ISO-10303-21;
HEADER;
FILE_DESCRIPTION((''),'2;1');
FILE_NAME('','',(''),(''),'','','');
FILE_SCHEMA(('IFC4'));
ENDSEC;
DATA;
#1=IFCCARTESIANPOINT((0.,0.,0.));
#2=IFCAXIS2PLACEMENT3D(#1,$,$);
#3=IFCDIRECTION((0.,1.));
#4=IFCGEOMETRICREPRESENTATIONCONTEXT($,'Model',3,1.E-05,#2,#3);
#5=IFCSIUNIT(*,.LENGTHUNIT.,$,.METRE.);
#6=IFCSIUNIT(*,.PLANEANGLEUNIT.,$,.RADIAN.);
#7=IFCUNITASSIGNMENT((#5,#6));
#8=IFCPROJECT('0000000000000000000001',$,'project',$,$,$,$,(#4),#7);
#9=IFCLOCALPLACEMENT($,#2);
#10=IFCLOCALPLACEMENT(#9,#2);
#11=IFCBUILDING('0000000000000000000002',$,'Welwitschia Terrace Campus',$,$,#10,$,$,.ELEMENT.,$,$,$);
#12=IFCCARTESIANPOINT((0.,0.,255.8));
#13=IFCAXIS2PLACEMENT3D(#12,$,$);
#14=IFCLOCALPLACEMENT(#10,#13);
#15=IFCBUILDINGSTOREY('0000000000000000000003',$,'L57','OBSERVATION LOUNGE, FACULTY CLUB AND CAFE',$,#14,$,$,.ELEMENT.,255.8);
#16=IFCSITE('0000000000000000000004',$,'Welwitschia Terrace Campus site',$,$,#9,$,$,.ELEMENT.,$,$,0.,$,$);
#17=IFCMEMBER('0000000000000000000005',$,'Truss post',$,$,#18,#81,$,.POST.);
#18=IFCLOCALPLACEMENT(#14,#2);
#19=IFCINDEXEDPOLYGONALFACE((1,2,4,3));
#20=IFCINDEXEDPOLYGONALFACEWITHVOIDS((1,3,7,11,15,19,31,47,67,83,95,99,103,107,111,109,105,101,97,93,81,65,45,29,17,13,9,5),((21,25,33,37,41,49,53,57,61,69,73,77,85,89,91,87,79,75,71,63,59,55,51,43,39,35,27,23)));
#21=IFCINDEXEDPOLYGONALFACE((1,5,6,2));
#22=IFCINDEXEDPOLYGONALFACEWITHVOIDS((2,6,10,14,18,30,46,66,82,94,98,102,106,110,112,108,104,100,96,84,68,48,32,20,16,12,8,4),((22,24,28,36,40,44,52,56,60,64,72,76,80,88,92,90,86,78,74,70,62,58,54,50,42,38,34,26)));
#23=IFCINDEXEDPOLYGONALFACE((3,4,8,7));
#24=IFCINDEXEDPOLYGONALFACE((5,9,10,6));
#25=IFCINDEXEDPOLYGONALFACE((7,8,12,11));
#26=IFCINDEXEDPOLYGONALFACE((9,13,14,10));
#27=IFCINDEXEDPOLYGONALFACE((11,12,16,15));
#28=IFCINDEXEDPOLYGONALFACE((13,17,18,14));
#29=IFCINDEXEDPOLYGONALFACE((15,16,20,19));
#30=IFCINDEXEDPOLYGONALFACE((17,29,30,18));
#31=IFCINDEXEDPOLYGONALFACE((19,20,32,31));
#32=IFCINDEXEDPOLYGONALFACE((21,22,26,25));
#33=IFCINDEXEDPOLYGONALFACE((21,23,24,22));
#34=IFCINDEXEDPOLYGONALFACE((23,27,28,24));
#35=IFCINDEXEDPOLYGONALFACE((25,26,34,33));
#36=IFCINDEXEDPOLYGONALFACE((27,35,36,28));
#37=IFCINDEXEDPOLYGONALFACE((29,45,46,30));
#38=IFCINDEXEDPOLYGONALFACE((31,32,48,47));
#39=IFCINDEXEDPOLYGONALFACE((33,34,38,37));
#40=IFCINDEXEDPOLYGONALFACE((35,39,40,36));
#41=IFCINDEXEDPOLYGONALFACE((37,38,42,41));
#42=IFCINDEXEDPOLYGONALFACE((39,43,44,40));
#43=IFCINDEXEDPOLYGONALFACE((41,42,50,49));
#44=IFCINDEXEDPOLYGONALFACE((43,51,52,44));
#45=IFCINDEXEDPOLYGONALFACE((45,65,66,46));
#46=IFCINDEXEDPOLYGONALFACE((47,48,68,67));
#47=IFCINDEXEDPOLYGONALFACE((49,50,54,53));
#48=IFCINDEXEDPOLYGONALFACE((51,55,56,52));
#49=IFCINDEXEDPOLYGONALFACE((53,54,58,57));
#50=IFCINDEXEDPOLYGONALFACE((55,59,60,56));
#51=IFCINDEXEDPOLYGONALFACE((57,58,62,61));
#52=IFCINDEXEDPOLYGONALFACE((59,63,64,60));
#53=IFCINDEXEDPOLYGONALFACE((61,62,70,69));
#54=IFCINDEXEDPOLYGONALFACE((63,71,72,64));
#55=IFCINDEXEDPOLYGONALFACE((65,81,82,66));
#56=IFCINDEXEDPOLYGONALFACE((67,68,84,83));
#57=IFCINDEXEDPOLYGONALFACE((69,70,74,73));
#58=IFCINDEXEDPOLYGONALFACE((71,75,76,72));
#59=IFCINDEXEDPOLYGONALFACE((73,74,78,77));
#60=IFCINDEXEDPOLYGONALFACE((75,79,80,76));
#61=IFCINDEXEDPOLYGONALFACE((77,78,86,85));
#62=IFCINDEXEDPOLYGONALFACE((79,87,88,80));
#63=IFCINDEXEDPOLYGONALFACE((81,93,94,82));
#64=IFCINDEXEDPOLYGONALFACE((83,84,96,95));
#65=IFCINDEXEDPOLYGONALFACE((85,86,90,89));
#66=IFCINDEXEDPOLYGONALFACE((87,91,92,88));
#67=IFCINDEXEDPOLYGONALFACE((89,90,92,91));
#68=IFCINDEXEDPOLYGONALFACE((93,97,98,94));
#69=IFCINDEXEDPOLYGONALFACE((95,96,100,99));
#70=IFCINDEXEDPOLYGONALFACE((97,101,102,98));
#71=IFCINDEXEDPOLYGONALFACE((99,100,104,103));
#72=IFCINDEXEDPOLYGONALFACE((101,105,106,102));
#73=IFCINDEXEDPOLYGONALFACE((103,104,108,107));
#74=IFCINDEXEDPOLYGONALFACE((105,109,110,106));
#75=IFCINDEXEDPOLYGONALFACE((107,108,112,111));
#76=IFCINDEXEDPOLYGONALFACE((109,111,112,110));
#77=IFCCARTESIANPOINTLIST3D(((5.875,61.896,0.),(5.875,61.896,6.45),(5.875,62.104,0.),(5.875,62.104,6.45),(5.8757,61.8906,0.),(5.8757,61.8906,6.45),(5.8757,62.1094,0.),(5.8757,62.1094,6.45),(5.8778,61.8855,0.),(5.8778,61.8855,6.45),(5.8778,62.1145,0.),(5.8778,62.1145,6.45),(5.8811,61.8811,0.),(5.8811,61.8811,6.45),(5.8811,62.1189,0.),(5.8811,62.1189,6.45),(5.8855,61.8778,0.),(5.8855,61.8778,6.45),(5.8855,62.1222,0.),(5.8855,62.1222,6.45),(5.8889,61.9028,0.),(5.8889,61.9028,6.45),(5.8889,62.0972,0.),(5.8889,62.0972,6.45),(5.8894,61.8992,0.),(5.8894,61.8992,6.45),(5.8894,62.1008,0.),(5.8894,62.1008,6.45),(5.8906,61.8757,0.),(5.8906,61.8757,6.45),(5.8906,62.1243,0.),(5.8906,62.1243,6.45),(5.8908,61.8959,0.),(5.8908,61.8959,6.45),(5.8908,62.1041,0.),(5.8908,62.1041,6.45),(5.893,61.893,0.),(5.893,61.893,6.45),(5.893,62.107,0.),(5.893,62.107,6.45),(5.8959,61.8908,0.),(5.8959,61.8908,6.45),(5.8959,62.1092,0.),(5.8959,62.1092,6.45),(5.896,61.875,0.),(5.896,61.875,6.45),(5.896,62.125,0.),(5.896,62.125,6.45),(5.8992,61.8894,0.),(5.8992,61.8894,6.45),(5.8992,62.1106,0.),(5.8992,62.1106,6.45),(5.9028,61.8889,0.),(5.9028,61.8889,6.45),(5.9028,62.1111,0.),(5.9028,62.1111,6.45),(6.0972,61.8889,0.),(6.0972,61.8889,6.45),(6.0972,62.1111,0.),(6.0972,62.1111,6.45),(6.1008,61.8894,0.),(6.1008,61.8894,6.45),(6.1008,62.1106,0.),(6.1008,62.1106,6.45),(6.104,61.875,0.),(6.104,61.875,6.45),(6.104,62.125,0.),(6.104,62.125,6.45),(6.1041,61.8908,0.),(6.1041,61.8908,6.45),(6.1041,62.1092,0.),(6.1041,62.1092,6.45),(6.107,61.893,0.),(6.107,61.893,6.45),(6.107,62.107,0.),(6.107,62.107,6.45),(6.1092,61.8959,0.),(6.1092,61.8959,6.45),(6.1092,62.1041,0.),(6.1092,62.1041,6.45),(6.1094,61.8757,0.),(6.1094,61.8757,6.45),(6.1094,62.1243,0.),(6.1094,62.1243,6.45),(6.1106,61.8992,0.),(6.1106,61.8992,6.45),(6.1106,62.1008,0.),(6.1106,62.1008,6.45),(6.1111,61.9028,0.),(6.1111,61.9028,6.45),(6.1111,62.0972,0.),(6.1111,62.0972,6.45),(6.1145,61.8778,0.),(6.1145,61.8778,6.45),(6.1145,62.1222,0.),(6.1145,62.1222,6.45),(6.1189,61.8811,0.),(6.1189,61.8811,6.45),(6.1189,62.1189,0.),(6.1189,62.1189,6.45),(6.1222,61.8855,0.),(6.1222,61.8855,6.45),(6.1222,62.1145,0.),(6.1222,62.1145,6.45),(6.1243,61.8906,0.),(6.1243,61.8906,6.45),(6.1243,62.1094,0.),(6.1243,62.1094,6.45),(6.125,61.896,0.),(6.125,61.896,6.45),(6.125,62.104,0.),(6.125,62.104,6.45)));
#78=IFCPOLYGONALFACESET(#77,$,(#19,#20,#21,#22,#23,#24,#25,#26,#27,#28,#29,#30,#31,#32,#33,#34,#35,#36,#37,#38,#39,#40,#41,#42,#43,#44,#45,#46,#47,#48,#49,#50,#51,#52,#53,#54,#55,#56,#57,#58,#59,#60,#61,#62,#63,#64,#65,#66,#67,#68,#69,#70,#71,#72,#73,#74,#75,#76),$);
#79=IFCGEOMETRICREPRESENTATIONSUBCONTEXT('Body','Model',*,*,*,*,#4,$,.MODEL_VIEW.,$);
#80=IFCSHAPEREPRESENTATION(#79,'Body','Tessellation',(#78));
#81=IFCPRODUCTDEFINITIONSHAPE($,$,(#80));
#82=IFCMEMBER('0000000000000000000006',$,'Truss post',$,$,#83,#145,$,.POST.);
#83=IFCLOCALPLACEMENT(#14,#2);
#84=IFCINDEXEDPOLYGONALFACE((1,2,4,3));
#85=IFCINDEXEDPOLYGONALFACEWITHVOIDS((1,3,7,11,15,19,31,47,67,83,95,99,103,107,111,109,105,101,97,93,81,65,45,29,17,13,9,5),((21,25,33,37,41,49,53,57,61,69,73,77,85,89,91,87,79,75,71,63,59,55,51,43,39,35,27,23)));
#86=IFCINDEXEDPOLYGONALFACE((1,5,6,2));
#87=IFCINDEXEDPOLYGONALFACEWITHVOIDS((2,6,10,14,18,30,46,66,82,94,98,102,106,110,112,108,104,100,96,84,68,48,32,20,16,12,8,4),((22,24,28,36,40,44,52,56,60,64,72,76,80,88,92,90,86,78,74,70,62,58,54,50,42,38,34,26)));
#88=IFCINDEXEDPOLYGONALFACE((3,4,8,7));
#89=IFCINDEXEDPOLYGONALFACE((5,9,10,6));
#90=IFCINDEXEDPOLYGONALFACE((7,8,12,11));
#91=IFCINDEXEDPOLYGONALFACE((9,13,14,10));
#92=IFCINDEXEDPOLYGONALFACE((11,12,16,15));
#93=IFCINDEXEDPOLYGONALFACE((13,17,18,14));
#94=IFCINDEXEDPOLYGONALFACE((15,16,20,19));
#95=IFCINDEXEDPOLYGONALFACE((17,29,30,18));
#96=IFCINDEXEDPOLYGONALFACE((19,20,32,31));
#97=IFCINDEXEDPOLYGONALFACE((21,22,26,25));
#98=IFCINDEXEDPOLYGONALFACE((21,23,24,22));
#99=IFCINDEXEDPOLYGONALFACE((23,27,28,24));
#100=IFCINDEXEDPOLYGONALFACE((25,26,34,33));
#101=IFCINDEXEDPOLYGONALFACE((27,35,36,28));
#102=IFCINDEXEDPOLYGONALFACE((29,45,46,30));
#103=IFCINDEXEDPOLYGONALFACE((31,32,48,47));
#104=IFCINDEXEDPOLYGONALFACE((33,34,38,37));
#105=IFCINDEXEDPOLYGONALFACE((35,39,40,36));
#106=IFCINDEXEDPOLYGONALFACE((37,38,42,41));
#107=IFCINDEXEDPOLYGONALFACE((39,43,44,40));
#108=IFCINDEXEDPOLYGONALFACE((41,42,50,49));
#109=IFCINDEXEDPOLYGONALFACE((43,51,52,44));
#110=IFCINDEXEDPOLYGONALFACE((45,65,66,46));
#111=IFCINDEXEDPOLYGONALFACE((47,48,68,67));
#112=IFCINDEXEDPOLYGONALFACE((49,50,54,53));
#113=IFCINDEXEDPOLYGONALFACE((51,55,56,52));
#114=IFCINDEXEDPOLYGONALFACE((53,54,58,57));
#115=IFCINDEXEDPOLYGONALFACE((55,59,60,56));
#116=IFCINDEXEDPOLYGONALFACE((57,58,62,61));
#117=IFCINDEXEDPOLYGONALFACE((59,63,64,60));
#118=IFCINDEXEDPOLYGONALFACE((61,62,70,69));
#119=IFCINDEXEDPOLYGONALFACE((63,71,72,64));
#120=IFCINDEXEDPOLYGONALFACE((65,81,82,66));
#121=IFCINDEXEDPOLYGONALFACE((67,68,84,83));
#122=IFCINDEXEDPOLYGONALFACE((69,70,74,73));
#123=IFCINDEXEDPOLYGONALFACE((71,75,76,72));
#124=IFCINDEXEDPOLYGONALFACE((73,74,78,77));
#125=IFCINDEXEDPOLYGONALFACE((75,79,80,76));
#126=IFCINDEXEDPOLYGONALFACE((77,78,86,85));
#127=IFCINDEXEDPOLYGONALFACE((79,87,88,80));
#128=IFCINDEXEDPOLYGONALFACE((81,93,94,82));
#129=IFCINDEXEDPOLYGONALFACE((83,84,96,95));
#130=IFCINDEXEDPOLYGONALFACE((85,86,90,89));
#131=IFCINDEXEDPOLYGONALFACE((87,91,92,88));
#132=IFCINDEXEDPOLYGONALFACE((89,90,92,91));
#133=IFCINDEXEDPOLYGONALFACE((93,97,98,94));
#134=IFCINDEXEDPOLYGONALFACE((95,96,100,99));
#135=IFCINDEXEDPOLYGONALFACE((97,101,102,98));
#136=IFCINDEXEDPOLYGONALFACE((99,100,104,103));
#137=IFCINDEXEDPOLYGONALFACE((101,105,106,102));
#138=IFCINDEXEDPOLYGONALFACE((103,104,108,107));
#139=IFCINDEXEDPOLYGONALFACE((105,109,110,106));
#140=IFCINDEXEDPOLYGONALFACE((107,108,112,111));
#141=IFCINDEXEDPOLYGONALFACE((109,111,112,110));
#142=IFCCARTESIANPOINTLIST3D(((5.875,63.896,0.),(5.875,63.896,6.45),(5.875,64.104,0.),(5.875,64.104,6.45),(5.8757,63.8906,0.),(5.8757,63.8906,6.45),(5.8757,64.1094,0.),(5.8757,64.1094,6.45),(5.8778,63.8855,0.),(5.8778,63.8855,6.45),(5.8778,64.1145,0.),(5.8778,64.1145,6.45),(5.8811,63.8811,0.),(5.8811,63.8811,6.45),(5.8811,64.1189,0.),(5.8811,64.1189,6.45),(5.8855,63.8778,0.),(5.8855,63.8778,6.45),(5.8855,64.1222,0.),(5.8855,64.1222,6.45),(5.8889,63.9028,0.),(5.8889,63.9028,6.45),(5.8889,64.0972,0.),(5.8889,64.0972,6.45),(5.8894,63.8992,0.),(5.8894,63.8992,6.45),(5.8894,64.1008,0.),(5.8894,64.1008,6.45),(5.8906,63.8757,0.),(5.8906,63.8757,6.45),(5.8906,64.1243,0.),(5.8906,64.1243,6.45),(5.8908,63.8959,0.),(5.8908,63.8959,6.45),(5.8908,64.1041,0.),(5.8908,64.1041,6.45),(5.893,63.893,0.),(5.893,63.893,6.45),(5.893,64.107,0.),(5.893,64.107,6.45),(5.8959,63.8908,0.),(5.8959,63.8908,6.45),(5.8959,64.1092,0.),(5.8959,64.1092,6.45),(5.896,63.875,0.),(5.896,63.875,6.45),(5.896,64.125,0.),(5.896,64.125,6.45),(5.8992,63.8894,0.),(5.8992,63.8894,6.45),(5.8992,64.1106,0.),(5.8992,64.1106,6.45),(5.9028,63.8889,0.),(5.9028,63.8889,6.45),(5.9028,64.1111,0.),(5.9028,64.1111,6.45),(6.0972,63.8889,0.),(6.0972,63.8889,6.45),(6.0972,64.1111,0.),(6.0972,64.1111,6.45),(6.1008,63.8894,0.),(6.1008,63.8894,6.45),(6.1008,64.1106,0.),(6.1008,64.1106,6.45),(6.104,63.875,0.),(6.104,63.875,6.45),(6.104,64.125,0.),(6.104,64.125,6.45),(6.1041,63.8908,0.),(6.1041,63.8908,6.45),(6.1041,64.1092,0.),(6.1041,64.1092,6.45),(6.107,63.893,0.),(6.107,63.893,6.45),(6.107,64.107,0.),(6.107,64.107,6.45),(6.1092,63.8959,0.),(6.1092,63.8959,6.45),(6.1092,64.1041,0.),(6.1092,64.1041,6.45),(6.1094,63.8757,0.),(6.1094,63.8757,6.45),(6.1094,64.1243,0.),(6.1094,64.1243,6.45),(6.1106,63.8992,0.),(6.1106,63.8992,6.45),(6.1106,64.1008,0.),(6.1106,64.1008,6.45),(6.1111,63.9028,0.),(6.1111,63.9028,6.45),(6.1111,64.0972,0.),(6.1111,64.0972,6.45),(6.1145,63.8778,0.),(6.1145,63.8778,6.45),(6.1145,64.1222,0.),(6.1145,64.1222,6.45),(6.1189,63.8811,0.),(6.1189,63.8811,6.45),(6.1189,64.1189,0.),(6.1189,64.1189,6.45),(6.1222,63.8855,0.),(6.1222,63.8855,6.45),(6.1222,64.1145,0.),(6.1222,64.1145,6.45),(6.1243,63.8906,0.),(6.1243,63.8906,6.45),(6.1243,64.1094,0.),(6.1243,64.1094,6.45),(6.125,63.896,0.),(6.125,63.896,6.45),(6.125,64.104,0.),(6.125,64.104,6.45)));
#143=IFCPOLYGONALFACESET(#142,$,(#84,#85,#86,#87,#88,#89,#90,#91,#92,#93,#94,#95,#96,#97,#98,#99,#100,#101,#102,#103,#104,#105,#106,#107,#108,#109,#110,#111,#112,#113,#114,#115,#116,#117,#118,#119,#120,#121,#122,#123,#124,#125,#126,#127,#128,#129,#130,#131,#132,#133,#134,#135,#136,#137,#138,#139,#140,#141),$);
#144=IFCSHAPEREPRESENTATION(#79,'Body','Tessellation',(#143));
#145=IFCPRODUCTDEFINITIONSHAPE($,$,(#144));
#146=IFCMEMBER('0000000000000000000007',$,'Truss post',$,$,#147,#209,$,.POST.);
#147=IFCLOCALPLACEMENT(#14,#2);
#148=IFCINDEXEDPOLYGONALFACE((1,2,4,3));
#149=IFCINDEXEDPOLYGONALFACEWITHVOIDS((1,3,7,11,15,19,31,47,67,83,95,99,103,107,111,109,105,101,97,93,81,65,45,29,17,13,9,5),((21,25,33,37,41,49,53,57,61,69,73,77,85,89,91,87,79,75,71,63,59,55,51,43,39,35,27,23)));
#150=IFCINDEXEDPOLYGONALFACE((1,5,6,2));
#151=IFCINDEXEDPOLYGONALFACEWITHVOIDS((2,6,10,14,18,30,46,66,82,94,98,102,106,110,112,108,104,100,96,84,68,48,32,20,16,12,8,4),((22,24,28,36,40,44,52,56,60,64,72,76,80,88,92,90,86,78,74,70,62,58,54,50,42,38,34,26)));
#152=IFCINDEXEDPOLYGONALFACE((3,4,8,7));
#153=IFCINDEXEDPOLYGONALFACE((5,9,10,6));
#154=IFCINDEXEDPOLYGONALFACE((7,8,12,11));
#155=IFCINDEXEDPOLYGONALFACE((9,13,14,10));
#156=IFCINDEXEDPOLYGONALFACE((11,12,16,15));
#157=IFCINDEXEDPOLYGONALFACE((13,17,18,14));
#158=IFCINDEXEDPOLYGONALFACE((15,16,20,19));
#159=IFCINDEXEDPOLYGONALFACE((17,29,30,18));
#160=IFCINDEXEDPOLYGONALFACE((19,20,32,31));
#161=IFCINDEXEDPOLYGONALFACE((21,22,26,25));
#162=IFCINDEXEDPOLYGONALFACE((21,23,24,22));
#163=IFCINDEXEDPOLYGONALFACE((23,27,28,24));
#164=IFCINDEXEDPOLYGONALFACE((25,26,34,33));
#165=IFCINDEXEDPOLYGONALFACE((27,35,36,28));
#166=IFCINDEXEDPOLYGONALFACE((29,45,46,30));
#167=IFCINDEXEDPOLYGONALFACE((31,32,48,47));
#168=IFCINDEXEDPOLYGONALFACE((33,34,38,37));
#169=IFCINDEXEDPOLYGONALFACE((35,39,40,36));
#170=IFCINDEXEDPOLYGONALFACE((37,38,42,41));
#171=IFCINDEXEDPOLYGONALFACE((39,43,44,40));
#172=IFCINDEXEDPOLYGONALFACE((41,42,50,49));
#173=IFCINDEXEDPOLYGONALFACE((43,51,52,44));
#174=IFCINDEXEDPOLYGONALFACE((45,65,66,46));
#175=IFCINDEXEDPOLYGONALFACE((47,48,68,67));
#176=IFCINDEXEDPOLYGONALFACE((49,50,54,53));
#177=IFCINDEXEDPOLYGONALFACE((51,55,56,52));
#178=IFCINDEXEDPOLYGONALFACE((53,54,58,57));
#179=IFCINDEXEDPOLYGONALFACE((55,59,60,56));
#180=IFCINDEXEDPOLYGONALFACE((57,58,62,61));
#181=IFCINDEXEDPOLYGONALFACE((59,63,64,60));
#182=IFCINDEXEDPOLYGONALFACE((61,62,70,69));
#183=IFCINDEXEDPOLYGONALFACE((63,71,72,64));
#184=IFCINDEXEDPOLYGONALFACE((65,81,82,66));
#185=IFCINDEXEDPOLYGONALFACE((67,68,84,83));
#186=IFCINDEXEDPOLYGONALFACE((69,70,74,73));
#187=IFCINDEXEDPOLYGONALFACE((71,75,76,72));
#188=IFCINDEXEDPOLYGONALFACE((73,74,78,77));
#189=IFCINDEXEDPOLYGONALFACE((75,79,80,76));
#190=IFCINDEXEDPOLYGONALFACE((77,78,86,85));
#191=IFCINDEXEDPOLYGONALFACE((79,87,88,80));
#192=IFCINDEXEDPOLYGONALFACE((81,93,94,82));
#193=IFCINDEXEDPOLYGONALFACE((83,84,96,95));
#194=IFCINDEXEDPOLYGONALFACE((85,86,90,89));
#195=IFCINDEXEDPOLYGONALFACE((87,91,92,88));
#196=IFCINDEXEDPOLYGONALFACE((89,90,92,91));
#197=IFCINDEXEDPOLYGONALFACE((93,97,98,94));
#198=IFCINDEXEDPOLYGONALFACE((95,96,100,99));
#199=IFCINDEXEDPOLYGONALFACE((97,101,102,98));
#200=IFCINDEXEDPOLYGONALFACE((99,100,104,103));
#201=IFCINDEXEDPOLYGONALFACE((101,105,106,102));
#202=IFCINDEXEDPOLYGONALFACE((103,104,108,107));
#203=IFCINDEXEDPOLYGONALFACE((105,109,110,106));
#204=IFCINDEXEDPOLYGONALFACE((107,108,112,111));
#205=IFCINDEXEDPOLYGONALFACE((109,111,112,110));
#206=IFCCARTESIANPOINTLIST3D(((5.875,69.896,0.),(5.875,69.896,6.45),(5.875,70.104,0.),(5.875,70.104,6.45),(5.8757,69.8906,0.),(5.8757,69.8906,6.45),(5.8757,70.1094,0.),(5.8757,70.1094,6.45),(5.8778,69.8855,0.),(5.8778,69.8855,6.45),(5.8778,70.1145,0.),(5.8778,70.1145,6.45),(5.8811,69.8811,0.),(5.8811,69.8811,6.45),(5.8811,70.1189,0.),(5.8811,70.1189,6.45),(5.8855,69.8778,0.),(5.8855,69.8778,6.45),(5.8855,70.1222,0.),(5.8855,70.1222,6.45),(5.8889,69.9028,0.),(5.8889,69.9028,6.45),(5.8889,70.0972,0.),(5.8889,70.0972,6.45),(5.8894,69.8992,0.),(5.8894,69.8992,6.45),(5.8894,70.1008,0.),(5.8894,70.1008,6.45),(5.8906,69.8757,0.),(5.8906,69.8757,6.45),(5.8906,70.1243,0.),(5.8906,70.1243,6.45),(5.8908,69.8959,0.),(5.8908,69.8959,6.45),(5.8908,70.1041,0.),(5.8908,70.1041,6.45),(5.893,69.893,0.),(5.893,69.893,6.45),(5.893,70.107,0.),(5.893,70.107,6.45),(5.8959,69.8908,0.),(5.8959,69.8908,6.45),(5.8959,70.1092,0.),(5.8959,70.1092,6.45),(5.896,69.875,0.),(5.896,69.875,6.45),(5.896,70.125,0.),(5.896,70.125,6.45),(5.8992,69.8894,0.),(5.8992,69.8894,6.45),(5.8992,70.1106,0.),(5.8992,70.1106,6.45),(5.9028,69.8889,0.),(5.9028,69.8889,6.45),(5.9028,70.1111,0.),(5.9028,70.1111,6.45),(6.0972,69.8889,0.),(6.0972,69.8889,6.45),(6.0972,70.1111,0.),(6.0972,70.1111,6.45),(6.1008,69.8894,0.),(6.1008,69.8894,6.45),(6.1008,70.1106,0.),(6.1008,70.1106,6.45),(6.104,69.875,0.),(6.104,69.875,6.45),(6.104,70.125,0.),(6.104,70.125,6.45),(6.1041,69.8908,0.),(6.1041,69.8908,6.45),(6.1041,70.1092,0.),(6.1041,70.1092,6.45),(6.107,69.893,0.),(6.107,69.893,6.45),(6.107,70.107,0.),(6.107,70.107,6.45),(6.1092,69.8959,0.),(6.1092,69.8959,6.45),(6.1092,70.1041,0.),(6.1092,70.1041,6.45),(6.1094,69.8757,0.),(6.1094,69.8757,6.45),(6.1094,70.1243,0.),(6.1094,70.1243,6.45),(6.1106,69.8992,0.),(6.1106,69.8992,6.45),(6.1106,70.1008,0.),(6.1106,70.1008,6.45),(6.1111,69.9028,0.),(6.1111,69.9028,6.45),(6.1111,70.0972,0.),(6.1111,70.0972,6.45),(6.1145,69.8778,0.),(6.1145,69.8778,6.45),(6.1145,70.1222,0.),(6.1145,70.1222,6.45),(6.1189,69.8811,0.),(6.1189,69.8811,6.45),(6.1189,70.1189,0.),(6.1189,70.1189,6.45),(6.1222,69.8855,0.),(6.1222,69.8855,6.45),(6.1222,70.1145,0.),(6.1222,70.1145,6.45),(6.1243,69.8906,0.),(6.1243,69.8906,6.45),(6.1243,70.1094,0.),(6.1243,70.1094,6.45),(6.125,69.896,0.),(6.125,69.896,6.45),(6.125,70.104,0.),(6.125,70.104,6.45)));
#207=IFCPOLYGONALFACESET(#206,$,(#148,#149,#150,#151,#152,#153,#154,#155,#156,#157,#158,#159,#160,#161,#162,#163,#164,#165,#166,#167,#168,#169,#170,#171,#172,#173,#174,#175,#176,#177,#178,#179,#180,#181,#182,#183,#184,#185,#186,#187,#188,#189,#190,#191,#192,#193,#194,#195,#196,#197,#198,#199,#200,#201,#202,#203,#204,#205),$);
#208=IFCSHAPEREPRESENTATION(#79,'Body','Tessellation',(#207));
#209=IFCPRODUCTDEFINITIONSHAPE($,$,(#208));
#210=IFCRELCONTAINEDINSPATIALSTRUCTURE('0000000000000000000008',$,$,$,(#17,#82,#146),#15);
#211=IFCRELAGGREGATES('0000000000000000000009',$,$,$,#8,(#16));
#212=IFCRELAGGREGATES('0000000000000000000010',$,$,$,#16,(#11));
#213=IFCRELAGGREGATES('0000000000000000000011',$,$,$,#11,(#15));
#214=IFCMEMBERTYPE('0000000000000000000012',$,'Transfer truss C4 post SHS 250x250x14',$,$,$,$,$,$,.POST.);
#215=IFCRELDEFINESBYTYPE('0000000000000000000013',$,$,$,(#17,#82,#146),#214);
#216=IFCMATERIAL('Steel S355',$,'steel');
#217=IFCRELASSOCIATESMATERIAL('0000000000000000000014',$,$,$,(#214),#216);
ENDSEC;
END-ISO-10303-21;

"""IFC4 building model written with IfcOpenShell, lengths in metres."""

from ifc_helpers import new_model, si_unit, direction, frame, origin, origin_2d, place, context, subcontext, project, spatial, hollow_rectangle, extrude, material, material_profile, profile_set, type_object, element, save


model = new_model("IFC4")

# Units and contexts
model_context = context("Model", 3, precision=1e-05, world=origin(), true_north=direction((0.0, 1.0)))
body_context = subcontext(model_context, "Body", "Model", "MODEL_VIEW")
ifc_project = project(units=[si_unit("LENGTHUNIT", "METRE"), si_unit("PLANEANGLEUNIT", "RADIAN")], contexts=[model_context])

# Site, building, storey
site_placement = place(None, origin())
site = spatial("IfcSite", under=ifc_project, at=site_placement, Name="Welwitschia Terrace Campus site", CompositionType="ELEMENT", RefElevation=0.0)
building_placement = place(site_placement, origin())
building = spatial("IfcBuilding", under=site, at=building_placement, Name="Welwitschia Terrace Campus", CompositionType="ELEMENT")
storey_placement = place(building_placement, frame((0.0, 0.0, 255.8)))
storey = spatial("IfcBuildingStorey", under=building, at=storey_placement, Name="L57", Description="OBSERVATION LOUNGE, FACULTY CLUB AND CAFE", CompositionType="ELEMENT", Elevation=255.8)

# Members
ifc_material_1 = material(Name="Steel S355", Category="steel")
ifc_material_profile_1 = material_profile(ifc_material_1, hollow_rectangle(XDim=0.25, YDim=0.25, WallThickness=0.0139, InnerFilletRadius=0.0139, OuterFilletRadius=0.021, at=origin_2d()))
ifc_profile_set_1 = profile_set([ifc_material_profile_1], Name="Steel S355")
member_type_1 = type_object("IfcMemberType", Name="Transfer truss C4 post SHS 250x250x14", PredefinedType="POST", material=ifc_profile_set_1)
for number, where, z_axis, x_axis, name in (
    (1, (6.0, 62.0, 0.0), (0.0, 0.0, 1.0), (1.0, 0.0, 0.0), "Truss post"),
    (2, (6.0, 64.0, 0.0), (0.0, 0.0, 1.0), (1.0, 0.0, 0.0), "Truss post"),
    (3, (6.0, 70.0, 0.0), (0.0, 0.0, 1.0), (1.0, 0.0, 0.0), "Truss post"),
):
    element("IfcMember", number, at=place(storey_placement, frame(where, z_axis=z_axis, x_axis=x_axis)), inside=storey, type_object=member_type_1, Name=name, PredefinedType="POST", context=body_context, shape_type="SweptSolid", body=[
        extrude(hollow_rectangle(XDim=0.25, YDim=0.25, WallThickness=0.0139, InnerFilletRadius=0.0139, OuterFilletRadius=0.021, at=origin_2d()), origin(), (0.0, 0.0, 1.0), 6.45),
    ])

save(model, "model.ifc")
